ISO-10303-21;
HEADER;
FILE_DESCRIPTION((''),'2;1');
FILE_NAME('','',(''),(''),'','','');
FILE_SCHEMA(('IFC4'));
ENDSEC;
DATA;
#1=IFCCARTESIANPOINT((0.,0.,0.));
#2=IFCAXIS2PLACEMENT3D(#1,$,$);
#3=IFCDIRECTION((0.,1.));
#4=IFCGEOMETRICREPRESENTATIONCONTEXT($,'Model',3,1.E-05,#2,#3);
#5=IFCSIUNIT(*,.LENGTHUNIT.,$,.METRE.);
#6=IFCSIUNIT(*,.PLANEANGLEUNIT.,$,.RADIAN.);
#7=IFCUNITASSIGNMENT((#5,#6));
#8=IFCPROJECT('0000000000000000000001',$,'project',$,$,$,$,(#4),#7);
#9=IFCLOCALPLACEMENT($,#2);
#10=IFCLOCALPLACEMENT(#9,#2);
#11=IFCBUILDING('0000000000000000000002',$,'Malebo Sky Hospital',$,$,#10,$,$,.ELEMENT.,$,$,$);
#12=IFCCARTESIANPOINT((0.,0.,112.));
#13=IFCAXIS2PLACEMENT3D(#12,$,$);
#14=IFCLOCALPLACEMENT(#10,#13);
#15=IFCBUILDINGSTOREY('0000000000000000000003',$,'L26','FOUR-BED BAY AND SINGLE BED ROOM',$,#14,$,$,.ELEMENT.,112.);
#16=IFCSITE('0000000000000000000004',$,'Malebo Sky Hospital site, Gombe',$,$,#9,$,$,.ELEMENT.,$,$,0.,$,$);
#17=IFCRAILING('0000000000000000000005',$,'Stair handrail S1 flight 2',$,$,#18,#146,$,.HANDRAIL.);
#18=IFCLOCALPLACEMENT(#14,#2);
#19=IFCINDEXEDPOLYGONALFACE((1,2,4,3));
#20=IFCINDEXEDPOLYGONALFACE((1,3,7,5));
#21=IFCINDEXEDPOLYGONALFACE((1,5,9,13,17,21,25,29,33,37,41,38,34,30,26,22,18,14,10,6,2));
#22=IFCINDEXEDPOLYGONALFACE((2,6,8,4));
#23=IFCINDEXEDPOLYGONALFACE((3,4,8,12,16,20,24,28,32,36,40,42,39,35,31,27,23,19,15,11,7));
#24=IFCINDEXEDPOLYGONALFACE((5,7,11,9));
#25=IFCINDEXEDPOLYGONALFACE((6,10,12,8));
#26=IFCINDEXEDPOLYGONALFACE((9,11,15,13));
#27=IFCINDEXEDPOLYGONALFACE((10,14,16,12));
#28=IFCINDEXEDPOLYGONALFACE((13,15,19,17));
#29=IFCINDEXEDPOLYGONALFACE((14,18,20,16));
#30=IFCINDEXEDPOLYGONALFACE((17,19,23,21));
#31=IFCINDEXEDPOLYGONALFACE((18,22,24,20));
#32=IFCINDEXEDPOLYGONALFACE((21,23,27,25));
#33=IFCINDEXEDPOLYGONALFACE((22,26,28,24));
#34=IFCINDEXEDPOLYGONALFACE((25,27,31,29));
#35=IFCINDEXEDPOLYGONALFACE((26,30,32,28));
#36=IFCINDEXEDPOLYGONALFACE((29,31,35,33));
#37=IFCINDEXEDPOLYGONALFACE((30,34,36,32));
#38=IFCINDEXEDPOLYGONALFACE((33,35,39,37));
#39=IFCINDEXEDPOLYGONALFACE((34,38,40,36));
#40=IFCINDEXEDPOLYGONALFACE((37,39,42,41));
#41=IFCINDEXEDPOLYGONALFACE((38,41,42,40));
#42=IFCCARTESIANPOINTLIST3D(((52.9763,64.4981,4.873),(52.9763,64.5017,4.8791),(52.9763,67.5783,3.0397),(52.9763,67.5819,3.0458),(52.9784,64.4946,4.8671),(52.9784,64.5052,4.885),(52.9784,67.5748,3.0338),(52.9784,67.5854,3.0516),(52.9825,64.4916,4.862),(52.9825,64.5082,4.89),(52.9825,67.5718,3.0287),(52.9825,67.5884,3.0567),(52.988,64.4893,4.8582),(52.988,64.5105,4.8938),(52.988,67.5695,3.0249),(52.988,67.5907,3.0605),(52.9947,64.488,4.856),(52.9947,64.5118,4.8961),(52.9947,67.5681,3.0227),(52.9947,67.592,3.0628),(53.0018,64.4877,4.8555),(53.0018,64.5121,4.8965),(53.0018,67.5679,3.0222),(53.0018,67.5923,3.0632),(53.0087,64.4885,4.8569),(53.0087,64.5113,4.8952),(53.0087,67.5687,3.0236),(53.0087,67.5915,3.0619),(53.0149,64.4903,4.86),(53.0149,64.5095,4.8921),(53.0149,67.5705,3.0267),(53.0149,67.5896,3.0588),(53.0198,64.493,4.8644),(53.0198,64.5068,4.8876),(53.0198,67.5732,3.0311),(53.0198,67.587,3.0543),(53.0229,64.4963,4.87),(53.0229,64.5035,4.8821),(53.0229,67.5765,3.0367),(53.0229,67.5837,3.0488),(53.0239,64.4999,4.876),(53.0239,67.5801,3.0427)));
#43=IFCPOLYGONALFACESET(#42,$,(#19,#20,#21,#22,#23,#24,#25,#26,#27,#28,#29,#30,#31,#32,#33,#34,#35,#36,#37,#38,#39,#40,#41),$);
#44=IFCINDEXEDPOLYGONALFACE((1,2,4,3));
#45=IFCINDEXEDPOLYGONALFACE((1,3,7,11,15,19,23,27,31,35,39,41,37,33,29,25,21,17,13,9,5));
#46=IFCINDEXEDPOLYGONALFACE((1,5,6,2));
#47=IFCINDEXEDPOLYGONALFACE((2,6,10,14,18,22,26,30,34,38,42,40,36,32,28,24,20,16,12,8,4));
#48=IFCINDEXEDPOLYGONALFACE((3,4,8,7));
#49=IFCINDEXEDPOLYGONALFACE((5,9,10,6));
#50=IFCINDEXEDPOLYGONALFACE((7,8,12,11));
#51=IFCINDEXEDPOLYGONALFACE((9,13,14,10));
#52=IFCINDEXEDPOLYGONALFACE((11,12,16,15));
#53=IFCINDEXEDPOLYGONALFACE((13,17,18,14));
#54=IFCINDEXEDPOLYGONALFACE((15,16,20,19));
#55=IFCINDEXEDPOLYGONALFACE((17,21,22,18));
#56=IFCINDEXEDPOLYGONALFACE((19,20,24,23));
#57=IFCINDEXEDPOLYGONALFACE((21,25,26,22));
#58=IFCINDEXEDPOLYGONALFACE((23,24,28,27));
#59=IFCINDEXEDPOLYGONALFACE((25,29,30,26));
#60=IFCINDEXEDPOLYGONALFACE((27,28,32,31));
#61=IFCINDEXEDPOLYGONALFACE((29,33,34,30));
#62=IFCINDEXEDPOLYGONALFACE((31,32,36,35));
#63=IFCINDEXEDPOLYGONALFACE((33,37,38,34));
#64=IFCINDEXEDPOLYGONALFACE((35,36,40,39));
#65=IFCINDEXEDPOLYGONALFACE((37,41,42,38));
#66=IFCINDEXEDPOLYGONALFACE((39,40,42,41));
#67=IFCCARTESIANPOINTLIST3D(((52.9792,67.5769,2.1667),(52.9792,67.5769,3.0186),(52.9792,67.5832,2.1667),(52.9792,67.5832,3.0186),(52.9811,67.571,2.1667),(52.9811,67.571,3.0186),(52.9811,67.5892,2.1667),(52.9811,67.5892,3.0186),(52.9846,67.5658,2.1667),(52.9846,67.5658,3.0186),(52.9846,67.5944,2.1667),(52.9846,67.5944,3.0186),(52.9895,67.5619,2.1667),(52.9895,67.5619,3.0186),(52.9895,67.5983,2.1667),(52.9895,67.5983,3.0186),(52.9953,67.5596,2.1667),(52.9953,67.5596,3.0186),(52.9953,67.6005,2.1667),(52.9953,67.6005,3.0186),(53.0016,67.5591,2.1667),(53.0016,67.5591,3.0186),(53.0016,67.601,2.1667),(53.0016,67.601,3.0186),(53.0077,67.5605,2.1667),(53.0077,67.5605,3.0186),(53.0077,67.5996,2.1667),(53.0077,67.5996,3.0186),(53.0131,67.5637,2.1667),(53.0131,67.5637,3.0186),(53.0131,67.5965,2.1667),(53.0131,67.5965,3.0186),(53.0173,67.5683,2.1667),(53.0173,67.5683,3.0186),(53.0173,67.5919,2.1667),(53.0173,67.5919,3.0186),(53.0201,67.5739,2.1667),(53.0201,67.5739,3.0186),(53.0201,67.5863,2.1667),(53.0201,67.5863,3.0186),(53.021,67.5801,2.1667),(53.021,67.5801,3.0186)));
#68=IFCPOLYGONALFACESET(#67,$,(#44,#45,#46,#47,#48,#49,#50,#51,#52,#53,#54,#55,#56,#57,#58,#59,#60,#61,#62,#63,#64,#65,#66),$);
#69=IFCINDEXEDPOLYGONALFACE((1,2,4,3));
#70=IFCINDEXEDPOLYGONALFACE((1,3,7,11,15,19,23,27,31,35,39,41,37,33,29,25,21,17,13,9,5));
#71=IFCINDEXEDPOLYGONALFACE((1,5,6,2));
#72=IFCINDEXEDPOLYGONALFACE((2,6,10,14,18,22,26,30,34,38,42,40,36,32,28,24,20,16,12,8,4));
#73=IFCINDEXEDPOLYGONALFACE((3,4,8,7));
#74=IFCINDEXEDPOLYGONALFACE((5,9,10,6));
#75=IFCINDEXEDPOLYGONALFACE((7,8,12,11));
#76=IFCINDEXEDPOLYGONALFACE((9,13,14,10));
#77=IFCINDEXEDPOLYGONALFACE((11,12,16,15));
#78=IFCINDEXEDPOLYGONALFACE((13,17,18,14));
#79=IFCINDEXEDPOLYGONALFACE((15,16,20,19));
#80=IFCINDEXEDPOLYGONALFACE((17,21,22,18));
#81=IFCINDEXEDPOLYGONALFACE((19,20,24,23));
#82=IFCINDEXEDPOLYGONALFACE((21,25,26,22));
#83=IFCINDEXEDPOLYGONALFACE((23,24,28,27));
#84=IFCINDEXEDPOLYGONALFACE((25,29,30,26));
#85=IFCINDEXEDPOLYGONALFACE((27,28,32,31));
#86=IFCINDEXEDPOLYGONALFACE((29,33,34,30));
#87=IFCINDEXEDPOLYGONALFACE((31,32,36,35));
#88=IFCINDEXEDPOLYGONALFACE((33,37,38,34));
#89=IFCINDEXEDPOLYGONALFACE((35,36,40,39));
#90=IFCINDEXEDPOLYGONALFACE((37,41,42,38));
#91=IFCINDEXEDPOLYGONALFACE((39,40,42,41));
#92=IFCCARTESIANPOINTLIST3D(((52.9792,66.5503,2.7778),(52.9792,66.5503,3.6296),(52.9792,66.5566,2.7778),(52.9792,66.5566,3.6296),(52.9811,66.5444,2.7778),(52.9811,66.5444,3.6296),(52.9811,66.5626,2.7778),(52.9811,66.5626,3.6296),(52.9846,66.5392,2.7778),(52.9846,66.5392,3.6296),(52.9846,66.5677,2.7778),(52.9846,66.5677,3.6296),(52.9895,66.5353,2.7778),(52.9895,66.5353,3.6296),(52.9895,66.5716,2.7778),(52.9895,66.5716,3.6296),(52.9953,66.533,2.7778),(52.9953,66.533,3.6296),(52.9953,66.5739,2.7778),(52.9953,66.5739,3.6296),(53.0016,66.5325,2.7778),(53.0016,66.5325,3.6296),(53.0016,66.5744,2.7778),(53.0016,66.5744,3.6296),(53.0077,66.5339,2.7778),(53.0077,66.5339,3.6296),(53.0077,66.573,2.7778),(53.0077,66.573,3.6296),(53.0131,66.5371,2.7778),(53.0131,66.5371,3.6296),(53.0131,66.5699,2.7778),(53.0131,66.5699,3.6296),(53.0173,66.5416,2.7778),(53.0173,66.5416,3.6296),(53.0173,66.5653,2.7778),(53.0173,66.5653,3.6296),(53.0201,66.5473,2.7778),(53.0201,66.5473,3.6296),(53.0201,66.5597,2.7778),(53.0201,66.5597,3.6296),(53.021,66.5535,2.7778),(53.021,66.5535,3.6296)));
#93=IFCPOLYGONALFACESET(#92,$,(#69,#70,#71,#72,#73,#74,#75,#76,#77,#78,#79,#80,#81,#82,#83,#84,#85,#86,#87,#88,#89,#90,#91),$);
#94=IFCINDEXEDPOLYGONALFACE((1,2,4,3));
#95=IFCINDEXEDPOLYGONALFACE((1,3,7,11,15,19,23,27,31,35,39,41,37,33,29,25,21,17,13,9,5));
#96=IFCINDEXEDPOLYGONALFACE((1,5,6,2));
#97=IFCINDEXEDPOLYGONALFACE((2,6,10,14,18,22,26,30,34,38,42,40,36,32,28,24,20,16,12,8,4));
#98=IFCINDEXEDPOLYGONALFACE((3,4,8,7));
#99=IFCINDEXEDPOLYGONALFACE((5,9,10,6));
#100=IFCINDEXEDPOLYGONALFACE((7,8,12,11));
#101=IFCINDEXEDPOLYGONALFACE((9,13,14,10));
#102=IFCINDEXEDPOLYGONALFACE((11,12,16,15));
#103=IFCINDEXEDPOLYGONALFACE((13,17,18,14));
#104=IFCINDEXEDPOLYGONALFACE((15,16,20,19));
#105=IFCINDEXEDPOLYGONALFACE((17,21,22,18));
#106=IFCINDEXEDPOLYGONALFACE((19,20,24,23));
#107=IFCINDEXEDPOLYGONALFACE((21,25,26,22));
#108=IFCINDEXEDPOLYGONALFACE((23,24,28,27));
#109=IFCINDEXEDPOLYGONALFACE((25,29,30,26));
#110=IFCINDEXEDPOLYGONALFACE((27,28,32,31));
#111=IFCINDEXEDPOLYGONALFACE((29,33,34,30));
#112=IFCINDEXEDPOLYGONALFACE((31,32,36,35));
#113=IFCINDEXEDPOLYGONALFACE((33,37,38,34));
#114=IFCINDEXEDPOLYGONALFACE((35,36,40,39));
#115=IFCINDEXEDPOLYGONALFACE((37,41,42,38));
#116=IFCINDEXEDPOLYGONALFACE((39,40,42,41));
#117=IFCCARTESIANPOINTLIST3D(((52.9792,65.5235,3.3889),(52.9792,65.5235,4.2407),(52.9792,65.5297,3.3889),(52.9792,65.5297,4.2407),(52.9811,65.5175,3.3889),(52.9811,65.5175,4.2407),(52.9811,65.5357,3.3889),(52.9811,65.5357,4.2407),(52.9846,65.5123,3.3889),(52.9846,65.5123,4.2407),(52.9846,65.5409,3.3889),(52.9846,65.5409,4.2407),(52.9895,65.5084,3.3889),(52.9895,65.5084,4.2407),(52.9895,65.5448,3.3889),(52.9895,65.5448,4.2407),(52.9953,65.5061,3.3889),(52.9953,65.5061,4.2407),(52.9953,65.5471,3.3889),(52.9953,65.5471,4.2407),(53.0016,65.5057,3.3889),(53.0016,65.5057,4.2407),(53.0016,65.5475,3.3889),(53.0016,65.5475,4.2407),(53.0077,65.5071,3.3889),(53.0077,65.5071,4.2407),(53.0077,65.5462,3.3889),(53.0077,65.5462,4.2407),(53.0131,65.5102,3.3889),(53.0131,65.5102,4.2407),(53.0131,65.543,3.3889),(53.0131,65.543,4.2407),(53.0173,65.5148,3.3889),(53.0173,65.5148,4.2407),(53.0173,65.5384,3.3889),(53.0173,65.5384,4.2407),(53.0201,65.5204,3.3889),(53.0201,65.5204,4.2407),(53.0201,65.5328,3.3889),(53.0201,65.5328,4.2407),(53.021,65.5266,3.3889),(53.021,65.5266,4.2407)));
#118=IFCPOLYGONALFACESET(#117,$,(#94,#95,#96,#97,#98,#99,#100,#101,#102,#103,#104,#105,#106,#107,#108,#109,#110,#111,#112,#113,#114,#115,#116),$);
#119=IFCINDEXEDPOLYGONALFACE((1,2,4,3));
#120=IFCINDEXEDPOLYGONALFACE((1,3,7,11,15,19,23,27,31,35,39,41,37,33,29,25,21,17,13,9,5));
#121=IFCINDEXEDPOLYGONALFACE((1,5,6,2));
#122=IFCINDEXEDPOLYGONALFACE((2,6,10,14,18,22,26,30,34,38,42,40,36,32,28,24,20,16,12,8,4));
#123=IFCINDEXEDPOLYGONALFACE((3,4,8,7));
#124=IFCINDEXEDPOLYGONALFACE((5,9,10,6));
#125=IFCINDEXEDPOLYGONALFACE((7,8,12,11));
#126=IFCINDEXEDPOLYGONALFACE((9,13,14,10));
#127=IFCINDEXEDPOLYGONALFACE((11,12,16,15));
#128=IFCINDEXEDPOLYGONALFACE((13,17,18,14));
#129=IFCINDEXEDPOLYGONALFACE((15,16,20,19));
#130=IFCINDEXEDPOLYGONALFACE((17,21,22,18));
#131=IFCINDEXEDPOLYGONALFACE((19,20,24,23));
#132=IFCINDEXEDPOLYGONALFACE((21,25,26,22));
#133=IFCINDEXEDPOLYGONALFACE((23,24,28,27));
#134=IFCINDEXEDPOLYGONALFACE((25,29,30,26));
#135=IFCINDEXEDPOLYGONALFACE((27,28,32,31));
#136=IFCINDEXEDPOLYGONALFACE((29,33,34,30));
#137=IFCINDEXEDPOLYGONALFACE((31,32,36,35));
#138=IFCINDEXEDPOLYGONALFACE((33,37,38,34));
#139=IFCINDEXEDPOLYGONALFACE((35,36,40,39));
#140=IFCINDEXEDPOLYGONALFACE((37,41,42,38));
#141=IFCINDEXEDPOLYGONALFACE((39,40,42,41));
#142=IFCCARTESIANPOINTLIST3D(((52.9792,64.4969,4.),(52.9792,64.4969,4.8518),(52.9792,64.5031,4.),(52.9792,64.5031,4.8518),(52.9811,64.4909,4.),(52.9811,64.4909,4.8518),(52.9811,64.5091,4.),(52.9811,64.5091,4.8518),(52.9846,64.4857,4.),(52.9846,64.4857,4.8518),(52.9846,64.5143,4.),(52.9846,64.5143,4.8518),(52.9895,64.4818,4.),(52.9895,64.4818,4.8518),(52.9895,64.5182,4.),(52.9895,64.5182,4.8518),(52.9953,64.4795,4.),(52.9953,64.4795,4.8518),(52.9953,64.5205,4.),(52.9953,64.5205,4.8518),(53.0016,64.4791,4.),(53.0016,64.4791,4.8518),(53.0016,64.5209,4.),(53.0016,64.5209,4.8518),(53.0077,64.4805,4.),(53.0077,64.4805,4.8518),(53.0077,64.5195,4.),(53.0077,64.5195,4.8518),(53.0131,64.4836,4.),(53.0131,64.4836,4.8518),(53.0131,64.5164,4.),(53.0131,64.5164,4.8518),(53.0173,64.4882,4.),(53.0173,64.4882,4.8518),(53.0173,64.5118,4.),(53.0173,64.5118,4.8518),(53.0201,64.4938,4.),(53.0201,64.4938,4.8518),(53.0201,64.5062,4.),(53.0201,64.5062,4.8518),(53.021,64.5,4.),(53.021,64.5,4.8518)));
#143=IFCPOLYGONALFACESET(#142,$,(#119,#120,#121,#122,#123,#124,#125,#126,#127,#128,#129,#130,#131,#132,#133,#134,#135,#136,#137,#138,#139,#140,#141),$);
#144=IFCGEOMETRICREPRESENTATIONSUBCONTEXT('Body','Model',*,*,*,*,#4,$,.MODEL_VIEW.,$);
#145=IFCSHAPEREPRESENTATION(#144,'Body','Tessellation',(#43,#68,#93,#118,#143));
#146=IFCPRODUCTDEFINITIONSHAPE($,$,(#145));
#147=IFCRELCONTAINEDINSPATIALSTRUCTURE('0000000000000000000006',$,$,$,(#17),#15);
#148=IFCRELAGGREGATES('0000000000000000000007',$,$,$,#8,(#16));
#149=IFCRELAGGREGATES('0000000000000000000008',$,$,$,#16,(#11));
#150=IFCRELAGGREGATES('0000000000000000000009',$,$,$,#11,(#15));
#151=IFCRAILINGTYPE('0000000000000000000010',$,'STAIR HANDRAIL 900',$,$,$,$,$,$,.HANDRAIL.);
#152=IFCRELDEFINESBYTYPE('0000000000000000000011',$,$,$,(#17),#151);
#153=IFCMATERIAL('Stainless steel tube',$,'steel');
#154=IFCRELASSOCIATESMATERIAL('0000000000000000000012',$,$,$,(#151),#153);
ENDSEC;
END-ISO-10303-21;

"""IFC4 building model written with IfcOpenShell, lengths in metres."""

from ifc_helpers import new_model, si_unit, direction, frame, origin, origin_2d, place, context, subcontext, project, spatial, circle, extrude, material, type_object, element, save


model = new_model("IFC4")

# Units and contexts
model_context = context("Model", 3, precision=1e-05, world=origin(), true_north=direction((0.0, 1.0)))
body_context = subcontext(model_context, "Body", "Model", "MODEL_VIEW")
ifc_project = project(units=[si_unit("LENGTHUNIT", "METRE"), si_unit("PLANEANGLEUNIT", "RADIAN")], contexts=[model_context])

# Site, building, storey
site_placement = place(None, origin())
site = spatial("IfcSite", under=ifc_project, at=site_placement, Name="Malebo Sky Hospital site, Gombe", CompositionType="ELEMENT", RefElevation=0.0)
building_placement = place(site_placement, origin())
building = spatial("IfcBuilding", under=site, at=building_placement, Name="Malebo Sky Hospital", CompositionType="ELEMENT")
storey_placement = place(building_placement, frame((0.0, 0.0, 112.0)))
storey = spatial("IfcBuildingStorey", under=building, at=storey_placement, Name="L26", Description="FOUR-BED BAY AND SINGLE BED ROOM", CompositionType="ELEMENT", Elevation=112.0)

# Railing
ifc_material_1 = material(Name="Stainless steel tube", Category="steel")
railing_type = type_object("IfcRailingType", Name="STAIR HANDRAIL 900", PredefinedType="HANDRAIL", material=ifc_material_1)
railing_1_placement = place(storey_placement, frame((53.0, 67.5801, 2.1667)))
element("IfcRailing", 1, at=railing_1_placement, inside=storey, type_object=railing_type, Name="Stair handrail S1 flight 2", PredefinedType="HANDRAIL", context=body_context, shape_type="SweptSolid", body=[
    extrude(circle(Radius=0.0239, at=origin_2d()), frame((0.0, 0.0, 0.876), z_axis=(0.0, -0.859309, 0.511458), x_axis=(1.0, 0.0, 0.0)), (0.0, 0.0, 1.0), 3.5845),
    extrude(circle(Radius=0.021, at=origin_2d()), origin(), (0.0, 0.0, 1.0), 0.8518),
    extrude(circle(Radius=0.021, at=origin_2d()), frame((0.0, -1.0266, 0.6111)), (0.0, 0.0, 1.0), 0.8518),
    extrude(circle(Radius=0.021, at=origin_2d()), frame((0.0, -2.0535, 1.2222)), (0.0, 0.0, 1.0), 0.8518),
    extrude(circle(Radius=0.021, at=origin_2d()), frame((0.0, -3.0801, 1.8333)), (0.0, 0.0, 1.0), 0.8518),
])

save(model, "model.ifc")
